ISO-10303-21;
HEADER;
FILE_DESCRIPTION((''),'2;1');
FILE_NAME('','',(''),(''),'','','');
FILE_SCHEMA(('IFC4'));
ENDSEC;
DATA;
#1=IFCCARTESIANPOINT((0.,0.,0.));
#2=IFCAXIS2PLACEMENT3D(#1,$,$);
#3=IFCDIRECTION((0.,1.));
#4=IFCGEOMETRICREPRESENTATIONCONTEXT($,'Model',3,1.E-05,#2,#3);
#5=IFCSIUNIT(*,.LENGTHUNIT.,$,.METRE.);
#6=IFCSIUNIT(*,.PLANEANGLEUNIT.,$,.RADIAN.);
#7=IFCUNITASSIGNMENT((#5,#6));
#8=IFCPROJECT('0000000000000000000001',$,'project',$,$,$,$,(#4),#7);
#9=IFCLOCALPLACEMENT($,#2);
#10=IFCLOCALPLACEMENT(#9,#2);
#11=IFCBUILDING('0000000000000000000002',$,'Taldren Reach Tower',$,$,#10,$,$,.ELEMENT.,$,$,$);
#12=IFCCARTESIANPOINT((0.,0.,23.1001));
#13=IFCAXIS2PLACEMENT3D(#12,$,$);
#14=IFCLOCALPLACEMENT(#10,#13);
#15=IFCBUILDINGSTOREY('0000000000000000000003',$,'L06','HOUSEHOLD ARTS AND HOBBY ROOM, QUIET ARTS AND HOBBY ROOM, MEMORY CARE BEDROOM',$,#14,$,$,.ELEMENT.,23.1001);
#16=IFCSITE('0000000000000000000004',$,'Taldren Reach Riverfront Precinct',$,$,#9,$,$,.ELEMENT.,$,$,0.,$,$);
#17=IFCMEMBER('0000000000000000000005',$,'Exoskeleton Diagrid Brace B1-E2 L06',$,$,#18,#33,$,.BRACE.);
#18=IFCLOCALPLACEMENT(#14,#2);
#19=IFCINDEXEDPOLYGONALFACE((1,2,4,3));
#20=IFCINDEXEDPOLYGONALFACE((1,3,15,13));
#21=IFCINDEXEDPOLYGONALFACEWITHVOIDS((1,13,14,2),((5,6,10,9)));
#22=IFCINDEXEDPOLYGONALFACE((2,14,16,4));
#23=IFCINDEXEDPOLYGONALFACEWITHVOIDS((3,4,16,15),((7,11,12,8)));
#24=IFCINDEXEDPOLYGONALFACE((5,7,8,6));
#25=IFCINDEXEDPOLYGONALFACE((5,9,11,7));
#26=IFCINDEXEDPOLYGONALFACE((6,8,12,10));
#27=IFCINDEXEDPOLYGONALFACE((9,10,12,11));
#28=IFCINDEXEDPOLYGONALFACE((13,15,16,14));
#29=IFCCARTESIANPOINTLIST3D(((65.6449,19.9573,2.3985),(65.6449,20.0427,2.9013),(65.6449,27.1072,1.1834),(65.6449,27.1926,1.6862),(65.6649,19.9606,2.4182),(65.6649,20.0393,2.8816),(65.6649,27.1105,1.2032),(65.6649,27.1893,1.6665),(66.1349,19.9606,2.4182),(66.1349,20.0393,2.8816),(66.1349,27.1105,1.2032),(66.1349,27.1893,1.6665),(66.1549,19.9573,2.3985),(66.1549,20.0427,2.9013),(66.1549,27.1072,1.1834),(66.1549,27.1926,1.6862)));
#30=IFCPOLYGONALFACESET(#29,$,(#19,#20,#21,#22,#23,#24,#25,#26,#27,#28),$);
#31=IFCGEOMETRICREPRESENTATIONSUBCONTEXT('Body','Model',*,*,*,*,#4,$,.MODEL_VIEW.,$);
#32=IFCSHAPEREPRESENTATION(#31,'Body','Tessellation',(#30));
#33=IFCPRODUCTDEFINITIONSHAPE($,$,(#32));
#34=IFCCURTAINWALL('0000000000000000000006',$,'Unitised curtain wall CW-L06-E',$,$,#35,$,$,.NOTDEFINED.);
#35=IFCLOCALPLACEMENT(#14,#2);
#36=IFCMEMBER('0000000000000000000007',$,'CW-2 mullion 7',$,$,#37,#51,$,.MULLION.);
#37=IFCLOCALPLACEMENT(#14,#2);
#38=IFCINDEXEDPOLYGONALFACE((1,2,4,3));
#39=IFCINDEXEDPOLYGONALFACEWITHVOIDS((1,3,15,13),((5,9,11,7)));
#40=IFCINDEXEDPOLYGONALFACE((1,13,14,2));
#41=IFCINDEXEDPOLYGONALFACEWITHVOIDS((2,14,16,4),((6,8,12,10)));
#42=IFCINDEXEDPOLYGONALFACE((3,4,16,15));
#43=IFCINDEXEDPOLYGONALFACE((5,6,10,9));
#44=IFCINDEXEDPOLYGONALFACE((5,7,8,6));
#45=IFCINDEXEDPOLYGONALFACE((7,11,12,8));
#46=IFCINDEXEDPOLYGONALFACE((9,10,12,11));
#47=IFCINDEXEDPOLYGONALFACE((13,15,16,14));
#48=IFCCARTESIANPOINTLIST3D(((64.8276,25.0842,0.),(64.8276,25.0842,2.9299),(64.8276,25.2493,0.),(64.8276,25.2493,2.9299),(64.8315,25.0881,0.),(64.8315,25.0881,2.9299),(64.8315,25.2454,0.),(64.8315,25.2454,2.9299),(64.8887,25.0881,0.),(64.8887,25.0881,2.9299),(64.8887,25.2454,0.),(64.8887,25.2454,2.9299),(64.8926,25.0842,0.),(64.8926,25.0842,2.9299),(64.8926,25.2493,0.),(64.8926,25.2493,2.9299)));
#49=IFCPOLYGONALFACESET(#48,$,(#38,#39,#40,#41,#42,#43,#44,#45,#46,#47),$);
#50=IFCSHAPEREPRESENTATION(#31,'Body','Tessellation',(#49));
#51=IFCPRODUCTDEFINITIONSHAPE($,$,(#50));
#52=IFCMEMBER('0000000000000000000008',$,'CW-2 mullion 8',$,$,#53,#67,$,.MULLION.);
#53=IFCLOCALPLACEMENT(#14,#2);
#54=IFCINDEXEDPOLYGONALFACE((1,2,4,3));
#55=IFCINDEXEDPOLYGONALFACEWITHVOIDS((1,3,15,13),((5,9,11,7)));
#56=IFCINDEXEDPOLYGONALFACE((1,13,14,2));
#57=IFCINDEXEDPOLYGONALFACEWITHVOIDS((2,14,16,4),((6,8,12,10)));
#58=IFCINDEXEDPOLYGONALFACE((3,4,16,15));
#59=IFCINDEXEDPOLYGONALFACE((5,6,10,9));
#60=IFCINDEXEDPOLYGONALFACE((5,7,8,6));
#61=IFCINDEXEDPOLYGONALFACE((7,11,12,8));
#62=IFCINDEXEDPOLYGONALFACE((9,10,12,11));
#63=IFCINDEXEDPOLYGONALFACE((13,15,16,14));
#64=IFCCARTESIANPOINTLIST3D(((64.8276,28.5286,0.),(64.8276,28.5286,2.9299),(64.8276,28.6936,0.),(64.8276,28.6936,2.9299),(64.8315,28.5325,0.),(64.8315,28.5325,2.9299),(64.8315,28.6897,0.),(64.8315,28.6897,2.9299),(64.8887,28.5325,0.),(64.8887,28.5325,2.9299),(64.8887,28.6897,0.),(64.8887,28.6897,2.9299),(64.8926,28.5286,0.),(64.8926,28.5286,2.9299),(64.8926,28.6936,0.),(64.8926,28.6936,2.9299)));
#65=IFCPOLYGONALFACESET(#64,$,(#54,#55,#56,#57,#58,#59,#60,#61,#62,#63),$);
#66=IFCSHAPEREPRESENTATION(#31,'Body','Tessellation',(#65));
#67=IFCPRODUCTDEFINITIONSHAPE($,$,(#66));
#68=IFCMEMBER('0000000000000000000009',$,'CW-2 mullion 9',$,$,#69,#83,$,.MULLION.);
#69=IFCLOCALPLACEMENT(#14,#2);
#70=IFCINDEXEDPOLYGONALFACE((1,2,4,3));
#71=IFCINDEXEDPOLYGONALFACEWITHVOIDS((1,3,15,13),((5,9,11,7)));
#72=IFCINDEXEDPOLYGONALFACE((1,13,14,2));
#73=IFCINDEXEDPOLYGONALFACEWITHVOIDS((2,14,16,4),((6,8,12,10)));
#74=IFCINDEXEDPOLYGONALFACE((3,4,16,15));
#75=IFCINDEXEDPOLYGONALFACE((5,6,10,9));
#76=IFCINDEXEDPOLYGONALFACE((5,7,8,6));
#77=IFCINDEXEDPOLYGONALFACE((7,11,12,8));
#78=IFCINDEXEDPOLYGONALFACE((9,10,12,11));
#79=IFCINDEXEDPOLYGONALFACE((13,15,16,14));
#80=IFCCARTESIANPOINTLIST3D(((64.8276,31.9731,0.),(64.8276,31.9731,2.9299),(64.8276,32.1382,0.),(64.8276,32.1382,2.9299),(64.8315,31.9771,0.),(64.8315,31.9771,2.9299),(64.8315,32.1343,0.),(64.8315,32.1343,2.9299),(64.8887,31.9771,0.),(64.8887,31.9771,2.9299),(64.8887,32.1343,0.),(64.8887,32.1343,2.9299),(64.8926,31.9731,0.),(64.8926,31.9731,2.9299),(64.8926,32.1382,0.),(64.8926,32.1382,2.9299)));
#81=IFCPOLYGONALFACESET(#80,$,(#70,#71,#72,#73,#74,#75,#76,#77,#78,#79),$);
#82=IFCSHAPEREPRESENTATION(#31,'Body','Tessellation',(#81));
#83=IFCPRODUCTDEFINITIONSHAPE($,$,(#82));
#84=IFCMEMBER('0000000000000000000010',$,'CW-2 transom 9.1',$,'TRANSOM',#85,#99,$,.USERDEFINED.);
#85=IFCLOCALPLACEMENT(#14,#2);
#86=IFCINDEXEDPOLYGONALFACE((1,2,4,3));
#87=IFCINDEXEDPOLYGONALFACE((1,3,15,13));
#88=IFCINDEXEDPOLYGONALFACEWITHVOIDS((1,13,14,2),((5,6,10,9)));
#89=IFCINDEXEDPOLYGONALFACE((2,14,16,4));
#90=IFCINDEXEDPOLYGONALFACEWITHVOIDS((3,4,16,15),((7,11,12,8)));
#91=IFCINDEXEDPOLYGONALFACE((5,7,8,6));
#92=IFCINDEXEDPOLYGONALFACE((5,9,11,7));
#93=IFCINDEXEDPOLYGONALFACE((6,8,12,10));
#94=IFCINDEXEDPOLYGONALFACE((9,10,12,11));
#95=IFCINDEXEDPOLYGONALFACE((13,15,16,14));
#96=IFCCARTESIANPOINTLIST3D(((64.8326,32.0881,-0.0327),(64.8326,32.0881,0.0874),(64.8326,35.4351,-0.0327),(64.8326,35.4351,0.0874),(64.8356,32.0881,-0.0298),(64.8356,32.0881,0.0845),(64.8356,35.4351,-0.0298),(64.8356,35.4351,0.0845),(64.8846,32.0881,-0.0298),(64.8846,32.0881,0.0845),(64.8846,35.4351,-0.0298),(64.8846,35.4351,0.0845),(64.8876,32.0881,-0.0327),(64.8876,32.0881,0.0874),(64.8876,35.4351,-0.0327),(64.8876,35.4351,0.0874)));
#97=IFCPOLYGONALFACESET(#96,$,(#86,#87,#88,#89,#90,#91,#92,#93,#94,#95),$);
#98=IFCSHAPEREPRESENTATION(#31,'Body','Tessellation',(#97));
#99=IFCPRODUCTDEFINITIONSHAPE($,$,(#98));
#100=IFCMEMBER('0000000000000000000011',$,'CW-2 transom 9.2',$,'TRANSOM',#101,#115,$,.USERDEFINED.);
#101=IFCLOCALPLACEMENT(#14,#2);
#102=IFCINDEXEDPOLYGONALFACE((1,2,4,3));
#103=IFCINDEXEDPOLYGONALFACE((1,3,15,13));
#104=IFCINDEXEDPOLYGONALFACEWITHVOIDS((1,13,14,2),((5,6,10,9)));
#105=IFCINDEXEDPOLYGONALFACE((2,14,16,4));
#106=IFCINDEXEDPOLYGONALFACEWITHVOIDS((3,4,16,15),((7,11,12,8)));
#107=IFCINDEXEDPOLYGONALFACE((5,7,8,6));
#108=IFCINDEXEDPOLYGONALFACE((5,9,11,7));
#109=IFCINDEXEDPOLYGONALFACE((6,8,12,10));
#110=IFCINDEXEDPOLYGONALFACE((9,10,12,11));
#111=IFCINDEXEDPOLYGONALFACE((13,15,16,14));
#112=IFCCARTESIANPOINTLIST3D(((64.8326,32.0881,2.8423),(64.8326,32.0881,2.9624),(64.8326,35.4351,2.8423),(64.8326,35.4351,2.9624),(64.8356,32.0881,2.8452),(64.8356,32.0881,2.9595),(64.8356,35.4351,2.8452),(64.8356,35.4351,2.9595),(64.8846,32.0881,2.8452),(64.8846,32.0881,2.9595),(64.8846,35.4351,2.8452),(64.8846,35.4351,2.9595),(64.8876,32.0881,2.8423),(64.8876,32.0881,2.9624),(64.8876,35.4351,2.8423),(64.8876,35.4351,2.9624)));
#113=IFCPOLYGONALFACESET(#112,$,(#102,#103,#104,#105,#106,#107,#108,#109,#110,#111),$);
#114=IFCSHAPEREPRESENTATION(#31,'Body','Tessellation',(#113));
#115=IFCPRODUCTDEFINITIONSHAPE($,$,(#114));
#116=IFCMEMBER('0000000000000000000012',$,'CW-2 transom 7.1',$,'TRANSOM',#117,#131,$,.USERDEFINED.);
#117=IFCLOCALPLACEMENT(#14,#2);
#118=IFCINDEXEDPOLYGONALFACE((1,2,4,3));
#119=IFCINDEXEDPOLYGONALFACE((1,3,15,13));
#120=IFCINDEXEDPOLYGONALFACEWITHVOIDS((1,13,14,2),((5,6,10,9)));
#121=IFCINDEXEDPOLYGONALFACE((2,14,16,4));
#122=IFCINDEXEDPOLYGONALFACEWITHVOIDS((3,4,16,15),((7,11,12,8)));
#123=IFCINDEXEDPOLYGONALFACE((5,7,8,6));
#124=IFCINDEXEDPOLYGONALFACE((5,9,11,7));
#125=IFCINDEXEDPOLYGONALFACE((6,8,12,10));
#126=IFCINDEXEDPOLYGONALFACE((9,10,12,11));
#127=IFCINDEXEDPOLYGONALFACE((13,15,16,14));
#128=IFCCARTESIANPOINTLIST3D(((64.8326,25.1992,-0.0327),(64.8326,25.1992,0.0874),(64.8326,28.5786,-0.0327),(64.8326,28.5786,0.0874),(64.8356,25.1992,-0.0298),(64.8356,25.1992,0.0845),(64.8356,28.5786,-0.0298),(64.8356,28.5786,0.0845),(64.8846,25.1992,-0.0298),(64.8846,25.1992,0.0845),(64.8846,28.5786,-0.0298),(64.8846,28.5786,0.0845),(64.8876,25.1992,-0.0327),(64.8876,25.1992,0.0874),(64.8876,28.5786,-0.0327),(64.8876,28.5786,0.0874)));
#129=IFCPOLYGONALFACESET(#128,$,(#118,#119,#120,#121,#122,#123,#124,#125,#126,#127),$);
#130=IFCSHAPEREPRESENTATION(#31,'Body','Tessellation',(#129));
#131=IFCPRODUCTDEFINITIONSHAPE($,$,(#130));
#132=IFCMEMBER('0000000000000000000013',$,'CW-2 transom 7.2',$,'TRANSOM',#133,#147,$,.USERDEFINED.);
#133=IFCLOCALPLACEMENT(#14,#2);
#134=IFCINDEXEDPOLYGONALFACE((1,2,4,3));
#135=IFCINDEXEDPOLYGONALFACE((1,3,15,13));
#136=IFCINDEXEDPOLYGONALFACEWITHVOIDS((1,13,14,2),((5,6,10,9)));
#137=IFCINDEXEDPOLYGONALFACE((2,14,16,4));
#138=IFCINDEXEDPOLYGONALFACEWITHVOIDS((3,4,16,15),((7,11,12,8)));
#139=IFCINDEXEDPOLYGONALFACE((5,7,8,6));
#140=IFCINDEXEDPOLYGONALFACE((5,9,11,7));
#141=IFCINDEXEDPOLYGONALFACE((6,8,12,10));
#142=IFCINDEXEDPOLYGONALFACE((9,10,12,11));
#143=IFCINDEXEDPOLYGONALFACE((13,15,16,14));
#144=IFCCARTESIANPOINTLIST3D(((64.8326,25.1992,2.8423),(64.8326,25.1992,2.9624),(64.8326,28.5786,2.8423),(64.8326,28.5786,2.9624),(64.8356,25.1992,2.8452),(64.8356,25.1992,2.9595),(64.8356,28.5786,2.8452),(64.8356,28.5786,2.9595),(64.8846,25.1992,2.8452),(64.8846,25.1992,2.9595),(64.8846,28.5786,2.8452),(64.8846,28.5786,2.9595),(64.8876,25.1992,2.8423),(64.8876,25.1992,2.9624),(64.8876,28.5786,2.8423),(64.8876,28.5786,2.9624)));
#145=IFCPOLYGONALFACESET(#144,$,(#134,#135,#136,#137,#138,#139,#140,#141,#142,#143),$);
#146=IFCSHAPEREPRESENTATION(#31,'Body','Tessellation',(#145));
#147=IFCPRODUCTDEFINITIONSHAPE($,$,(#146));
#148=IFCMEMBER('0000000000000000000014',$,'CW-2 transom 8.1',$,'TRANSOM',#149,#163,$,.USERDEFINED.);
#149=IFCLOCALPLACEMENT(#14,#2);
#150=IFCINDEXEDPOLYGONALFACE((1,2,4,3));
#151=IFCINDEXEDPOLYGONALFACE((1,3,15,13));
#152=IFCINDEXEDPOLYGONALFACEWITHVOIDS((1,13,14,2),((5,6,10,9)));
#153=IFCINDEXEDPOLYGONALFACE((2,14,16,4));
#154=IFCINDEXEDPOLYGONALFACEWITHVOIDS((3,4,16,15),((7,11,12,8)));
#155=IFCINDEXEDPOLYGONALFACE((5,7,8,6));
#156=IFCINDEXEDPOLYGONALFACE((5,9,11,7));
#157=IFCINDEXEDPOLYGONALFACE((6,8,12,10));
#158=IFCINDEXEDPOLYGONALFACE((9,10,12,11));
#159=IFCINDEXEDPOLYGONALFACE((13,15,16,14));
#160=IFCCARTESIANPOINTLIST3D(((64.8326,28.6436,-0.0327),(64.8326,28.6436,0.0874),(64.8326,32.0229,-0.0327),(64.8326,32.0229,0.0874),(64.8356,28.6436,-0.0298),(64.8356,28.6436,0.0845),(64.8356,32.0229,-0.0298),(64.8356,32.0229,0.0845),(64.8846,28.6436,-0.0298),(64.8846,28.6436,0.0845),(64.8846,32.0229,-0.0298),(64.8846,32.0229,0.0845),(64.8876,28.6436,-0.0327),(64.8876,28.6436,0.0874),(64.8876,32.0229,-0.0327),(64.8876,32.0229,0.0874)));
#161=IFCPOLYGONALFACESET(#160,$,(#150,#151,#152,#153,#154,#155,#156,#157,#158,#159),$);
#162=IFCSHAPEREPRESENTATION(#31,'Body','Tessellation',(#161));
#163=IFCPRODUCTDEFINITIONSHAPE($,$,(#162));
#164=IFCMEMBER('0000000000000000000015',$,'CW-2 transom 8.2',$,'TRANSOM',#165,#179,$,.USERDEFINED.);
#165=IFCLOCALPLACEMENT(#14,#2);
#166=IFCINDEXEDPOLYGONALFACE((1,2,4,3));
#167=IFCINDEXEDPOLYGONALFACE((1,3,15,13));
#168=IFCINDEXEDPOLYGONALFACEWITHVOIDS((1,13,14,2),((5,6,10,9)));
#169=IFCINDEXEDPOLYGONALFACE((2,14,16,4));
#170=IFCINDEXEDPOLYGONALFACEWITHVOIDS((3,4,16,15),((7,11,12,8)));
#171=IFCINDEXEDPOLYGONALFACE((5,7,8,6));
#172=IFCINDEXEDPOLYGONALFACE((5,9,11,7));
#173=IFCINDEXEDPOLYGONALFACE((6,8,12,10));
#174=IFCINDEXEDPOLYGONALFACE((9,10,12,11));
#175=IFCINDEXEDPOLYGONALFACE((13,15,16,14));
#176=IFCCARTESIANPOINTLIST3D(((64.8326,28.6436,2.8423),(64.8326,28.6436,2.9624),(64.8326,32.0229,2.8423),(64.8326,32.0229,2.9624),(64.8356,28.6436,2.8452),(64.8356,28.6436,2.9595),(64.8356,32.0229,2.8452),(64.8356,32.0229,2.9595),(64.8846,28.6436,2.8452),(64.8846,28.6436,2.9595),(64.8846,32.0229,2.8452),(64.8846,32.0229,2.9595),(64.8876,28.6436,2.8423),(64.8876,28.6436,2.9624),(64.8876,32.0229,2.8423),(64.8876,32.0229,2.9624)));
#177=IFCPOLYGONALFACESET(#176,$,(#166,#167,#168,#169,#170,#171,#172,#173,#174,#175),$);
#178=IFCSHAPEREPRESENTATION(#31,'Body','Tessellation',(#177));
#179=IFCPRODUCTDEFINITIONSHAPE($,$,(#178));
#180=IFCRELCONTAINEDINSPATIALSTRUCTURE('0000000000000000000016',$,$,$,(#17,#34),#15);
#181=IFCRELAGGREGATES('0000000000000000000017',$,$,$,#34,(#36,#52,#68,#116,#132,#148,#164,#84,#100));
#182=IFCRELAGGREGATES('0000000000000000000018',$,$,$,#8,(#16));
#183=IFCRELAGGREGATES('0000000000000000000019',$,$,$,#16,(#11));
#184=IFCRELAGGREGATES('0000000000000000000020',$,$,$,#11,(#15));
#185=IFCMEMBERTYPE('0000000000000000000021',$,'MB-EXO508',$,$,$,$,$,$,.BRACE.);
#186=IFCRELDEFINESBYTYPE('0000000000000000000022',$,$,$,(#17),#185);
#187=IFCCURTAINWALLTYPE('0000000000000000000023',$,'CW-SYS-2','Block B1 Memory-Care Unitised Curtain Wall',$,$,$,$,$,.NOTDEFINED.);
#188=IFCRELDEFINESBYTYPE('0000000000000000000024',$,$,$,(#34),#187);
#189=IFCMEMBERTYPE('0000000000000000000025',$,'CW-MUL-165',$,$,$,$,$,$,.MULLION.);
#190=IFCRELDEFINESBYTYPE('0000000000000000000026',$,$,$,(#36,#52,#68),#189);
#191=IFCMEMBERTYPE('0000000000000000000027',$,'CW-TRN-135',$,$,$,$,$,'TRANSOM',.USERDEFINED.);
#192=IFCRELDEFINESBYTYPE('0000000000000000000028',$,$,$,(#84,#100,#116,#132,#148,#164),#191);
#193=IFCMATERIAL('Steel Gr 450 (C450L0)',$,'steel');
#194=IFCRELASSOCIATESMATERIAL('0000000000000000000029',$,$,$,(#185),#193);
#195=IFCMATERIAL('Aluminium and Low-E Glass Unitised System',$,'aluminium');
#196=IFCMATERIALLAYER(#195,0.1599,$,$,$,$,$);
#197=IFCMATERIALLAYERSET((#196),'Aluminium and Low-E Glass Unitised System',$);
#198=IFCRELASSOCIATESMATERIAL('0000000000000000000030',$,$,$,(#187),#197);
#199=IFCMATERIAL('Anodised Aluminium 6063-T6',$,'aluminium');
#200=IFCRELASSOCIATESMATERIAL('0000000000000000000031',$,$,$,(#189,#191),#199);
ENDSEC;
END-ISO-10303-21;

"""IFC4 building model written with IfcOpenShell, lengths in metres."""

from ifc_helpers import new_model, si_unit, direction, frame, origin, origin_2d, place, context, subcontext, project, spatial, hollow_rectangle, extrude, source, transform, mapped, material, layer, layer_set, material_profile, profile_set, type_object, element, aggregate, save


model = new_model("IFC4")

# Units and contexts
model_context = context("Model", 3, precision=1e-05, world=origin(), true_north=direction((0.0, 1.0)))
body_context = subcontext(model_context, "Body", "Model", "MODEL_VIEW")
ifc_project = project(units=[si_unit("LENGTHUNIT", "METRE"), si_unit("PLANEANGLEUNIT", "RADIAN")], contexts=[model_context])

# Site, building, storey
site_placement = place(None, origin())
site = spatial("IfcSite", under=ifc_project, at=site_placement, Name="Taldren Reach Riverfront Precinct", CompositionType="ELEMENT", RefElevation=0.0)
building_placement = place(site_placement, origin())
building = spatial("IfcBuilding", under=site, at=building_placement, Name="Taldren Reach Tower", CompositionType="ELEMENT")
storey_placement = place(building_placement, frame((0.0, 0.0, 23.1001)))
storey = spatial("IfcBuildingStorey", under=building, at=storey_placement, Name="L06", Description="HOUSEHOLD ARTS AND HOBBY ROOM, QUIET ARTS AND HOBBY ROOM, MEMORY CARE BEDROOM", CompositionType="ELEMENT", Elevation=23.1001)

# Member
ifc_material_1 = material(Name="Steel Gr 450 (C450L0)", Category="steel")
ifc_material_profile_1 = material_profile(ifc_material_1, hollow_rectangle(XDim=0.51, YDim=0.51, WallThickness=0.02, at=origin_2d()), Name="510x510x20.0SHS")
ifc_profile_set_1 = profile_set([ifc_material_profile_1], Name="Steel Gr 450 (C450L0)")
member_type_1 = type_object("IfcMemberType", Name="MB-EXO508", PredefinedType="BRACE", material=ifc_profile_set_1)
shared_shape_1 = source(origin(), body_context, "Body", "SweptSolid", [
    extrude(hollow_rectangle(XDim=0.51, YDim=0.51, WallThickness=0.02, at=origin_2d()), origin(), (0.0, 0.0, 1.0), 7.2524),
])
member_1_placement = place(storey_placement, frame((65.8999, 27.1499, 1.4348), z_axis=(0.0, -0.985865, 0.167542), x_axis=(1.0, 0.0, 0.0)))
element("IfcMember", 1, at=member_1_placement, inside=storey, type_object=member_type_1, Name="Exoskeleton Diagrid Brace B1-E2 L06", PredefinedType="BRACE", context=body_context, shape_type="MappedRepresentation", body=[
    mapped(shared_shape_1, transform((0.0, 0.0, 0.0), scale=1.0)),
])

# Curtain wall, members
ifc_material_2 = material(Name="Aluminium and Low-E Glass Unitised System", Category="aluminium")
ifc_layer_1 = layer(ifc_material_2, 0.1599)
ifc_layer_set_1 = layer_set([ifc_layer_1], Name="Aluminium and Low-E Glass Unitised System")
curtain_wall_type = type_object("IfcCurtainWallType", Name="CW-SYS-2", Description="Block B1 Memory-Care Unitised Curtain Wall", PredefinedType="NOTDEFINED", material=ifc_layer_set_1)
curtain_wall_placement = place(storey_placement, origin())
curtain_wall = element("IfcCurtainWall", 2, at=curtain_wall_placement, inside=storey, type_object=curtain_wall_type, Name="Unitised curtain wall CW-L06-E", PredefinedType="NOTDEFINED")
ifc_material_3 = material(Name="Anodised Aluminium 6063-T6", Category="aluminium")
ifc_material_profile_2 = material_profile(ifc_material_3, hollow_rectangle(XDim=0.0649, YDim=0.165, WallThickness=0.0039, at=origin_2d()), Name="ALU-165x65x4RHS")
ifc_profile_set_2 = profile_set([ifc_material_profile_2], Name="Anodised Aluminium 6063-T6")
member_type_2 = type_object("IfcMemberType", Name="CW-MUL-165", PredefinedType="MULLION", material=ifc_profile_set_2)
shared_shape_2 = source(origin(), body_context, "Body", "SweptSolid", [
    extrude(hollow_rectangle(XDim=0.0649, YDim=0.165, WallThickness=0.0039, at=origin_2d()), origin(), (0.0, 0.0, 1.0), 2.9299),
])
member_2_placement = place(storey_placement, frame((64.8601, 25.1667, 0.0), z_axis=(0.0, 0.0, 1.0), x_axis=(-1.0, 0.0, 0.0)))
member_2 = element("IfcMember", 3, at=member_2_placement, type_object=member_type_2, Name="CW-2 mullion 7", PredefinedType="MULLION", context=body_context, shape_type="MappedRepresentation", body=[
    mapped(shared_shape_2, transform((0.0, 0.0, 0.0), scale=1.0)),
])
member_3_placement = place(storey_placement, frame((64.8601, 28.6111, 0.0), z_axis=(0.0, 0.0, 1.0), x_axis=(-1.0, 0.0, 0.0)))
member_3 = element("IfcMember", 4, at=member_3_placement, type_object=member_type_2, Name="CW-2 mullion 8", PredefinedType="MULLION", context=body_context, shape_type="MappedRepresentation", body=[
    mapped(shared_shape_2, transform((0.0, 0.0, 0.0), scale=1.0)),
])
member_4_placement = place(storey_placement, frame((64.8601, 32.0557, 0.0), z_axis=(0.0, 0.0, 1.0), x_axis=(-1.0, 0.0, 0.0)))
member_4 = element("IfcMember", 5, at=member_4_placement, type_object=member_type_2, Name="CW-2 mullion 9", PredefinedType="MULLION", context=body_context, shape_type="MappedRepresentation", body=[
    mapped(shared_shape_2, transform((0.0, 0.0, 0.0), scale=1.0)),
])
ifc_material_profile_3 = material_profile(ifc_material_3, hollow_rectangle(XDim=0.0549, YDim=0.1201, WallThickness=0.0029, at=origin_2d()), Name="ALU-120x55x3RHS")
ifc_profile_set_3 = profile_set([ifc_material_profile_3], Name="Anodised Aluminium 6063-T6")
member_type_3 = type_object("IfcMemberType", Name="CW-TRN-135", ElementType="TRANSOM", PredefinedType="USERDEFINED", material=ifc_profile_set_3)
shared_shape_3 = source(origin(), body_context, "Body", "SweptSolid", [
    extrude(hollow_rectangle(XDim=0.0549, YDim=0.1201, WallThickness=0.0029, at=origin_2d()), origin(), (0.0, 0.0, 1.0), 3.3469),
])
member_5_placement = place(storey_placement, frame((64.8601, 32.0881, 0.0273), z_axis=(0.0, 1.0, 0.0), x_axis=(-1.0, 0.0, 0.0)))
member_5 = element("IfcMember", 6, at=member_5_placement, type_object=member_type_3, Name="CW-2 transom 9.1", ObjectType="TRANSOM", PredefinedType="USERDEFINED", context=body_context, shape_type="MappedRepresentation", body=[
    mapped(shared_shape_3, transform((0.0, 0.0, 0.0), scale=1.0)),
])
member_6_placement = place(storey_placement, frame((64.8601, 32.0881, 2.9023), z_axis=(0.0, 1.0, 0.0), x_axis=(-1.0, 0.0, 0.0)))
member_6 = element("IfcMember", 7, at=member_6_placement, type_object=member_type_3, Name="CW-2 transom 9.2", ObjectType="TRANSOM", PredefinedType="USERDEFINED", context=body_context, shape_type="MappedRepresentation", body=[
    mapped(shared_shape_3, transform((0.0, 0.0, 0.0), scale=1.0)),
])
shared_shape_4 = source(origin(), body_context, "Body", "SweptSolid", [
    extrude(hollow_rectangle(XDim=0.0549, YDim=0.1201, WallThickness=0.0029, at=origin_2d()), origin(), (0.0, 0.0, 1.0), 3.3794),
])
member_7_placement = place(storey_placement, frame((64.8601, 25.1992, 0.0273), z_axis=(0.0, 1.0, 0.0), x_axis=(-1.0, 0.0, 0.0)))
member_7 = element("IfcMember", 8, at=member_7_placement, type_object=member_type_3, Name="CW-2 transom 7.1", ObjectType="TRANSOM", PredefinedType="USERDEFINED", context=body_context, shape_type="MappedRepresentation", body=[
    mapped(shared_shape_4, transform((0.0, 0.0, 0.0), scale=1.0)),
])
member_8_placement = place(storey_placement, frame((64.8601, 25.1992, 2.9023), z_axis=(0.0, 1.0, 0.0), x_axis=(-1.0, 0.0, 0.0)))
member_8 = element("IfcMember", 9, at=member_8_placement, type_object=member_type_3, Name="CW-2 transom 7.2", ObjectType="TRANSOM", PredefinedType="USERDEFINED", context=body_context, shape_type="MappedRepresentation", body=[
    mapped(shared_shape_4, transform((0.0, 0.0, 0.0), scale=1.0)),
])
member_9_placement = place(storey_placement, frame((64.8601, 28.6436, 0.0273), z_axis=(0.0, 1.0, 0.0), x_axis=(-1.0, 0.0, 0.0)))
member_9 = element("IfcMember", 10, at=member_9_placement, type_object=member_type_3, Name="CW-2 transom 8.1", ObjectType="TRANSOM", PredefinedType="USERDEFINED", context=body_context, shape_type="MappedRepresentation", body=[
    mapped(shared_shape_4, transform((0.0, 0.0, 0.0), scale=1.0)),
])
member_10_placement = place(storey_placement, frame((64.8601, 28.6436, 2.9023), z_axis=(0.0, 1.0, 0.0), x_axis=(-1.0, 0.0, 0.0)))
member_10 = element("IfcMember", 11, at=member_10_placement, type_object=member_type_3, Name="CW-2 transom 8.2", ObjectType="TRANSOM", PredefinedType="USERDEFINED", context=body_context, shape_type="MappedRepresentation", body=[
    mapped(shared_shape_4, transform((0.0, 0.0, 0.0), scale=1.0)),
])
aggregate(curtain_wall, [member_2, member_3, member_4, member_7, member_8, member_9, member_10, member_5, member_6])

save(model, "model.ifc")
